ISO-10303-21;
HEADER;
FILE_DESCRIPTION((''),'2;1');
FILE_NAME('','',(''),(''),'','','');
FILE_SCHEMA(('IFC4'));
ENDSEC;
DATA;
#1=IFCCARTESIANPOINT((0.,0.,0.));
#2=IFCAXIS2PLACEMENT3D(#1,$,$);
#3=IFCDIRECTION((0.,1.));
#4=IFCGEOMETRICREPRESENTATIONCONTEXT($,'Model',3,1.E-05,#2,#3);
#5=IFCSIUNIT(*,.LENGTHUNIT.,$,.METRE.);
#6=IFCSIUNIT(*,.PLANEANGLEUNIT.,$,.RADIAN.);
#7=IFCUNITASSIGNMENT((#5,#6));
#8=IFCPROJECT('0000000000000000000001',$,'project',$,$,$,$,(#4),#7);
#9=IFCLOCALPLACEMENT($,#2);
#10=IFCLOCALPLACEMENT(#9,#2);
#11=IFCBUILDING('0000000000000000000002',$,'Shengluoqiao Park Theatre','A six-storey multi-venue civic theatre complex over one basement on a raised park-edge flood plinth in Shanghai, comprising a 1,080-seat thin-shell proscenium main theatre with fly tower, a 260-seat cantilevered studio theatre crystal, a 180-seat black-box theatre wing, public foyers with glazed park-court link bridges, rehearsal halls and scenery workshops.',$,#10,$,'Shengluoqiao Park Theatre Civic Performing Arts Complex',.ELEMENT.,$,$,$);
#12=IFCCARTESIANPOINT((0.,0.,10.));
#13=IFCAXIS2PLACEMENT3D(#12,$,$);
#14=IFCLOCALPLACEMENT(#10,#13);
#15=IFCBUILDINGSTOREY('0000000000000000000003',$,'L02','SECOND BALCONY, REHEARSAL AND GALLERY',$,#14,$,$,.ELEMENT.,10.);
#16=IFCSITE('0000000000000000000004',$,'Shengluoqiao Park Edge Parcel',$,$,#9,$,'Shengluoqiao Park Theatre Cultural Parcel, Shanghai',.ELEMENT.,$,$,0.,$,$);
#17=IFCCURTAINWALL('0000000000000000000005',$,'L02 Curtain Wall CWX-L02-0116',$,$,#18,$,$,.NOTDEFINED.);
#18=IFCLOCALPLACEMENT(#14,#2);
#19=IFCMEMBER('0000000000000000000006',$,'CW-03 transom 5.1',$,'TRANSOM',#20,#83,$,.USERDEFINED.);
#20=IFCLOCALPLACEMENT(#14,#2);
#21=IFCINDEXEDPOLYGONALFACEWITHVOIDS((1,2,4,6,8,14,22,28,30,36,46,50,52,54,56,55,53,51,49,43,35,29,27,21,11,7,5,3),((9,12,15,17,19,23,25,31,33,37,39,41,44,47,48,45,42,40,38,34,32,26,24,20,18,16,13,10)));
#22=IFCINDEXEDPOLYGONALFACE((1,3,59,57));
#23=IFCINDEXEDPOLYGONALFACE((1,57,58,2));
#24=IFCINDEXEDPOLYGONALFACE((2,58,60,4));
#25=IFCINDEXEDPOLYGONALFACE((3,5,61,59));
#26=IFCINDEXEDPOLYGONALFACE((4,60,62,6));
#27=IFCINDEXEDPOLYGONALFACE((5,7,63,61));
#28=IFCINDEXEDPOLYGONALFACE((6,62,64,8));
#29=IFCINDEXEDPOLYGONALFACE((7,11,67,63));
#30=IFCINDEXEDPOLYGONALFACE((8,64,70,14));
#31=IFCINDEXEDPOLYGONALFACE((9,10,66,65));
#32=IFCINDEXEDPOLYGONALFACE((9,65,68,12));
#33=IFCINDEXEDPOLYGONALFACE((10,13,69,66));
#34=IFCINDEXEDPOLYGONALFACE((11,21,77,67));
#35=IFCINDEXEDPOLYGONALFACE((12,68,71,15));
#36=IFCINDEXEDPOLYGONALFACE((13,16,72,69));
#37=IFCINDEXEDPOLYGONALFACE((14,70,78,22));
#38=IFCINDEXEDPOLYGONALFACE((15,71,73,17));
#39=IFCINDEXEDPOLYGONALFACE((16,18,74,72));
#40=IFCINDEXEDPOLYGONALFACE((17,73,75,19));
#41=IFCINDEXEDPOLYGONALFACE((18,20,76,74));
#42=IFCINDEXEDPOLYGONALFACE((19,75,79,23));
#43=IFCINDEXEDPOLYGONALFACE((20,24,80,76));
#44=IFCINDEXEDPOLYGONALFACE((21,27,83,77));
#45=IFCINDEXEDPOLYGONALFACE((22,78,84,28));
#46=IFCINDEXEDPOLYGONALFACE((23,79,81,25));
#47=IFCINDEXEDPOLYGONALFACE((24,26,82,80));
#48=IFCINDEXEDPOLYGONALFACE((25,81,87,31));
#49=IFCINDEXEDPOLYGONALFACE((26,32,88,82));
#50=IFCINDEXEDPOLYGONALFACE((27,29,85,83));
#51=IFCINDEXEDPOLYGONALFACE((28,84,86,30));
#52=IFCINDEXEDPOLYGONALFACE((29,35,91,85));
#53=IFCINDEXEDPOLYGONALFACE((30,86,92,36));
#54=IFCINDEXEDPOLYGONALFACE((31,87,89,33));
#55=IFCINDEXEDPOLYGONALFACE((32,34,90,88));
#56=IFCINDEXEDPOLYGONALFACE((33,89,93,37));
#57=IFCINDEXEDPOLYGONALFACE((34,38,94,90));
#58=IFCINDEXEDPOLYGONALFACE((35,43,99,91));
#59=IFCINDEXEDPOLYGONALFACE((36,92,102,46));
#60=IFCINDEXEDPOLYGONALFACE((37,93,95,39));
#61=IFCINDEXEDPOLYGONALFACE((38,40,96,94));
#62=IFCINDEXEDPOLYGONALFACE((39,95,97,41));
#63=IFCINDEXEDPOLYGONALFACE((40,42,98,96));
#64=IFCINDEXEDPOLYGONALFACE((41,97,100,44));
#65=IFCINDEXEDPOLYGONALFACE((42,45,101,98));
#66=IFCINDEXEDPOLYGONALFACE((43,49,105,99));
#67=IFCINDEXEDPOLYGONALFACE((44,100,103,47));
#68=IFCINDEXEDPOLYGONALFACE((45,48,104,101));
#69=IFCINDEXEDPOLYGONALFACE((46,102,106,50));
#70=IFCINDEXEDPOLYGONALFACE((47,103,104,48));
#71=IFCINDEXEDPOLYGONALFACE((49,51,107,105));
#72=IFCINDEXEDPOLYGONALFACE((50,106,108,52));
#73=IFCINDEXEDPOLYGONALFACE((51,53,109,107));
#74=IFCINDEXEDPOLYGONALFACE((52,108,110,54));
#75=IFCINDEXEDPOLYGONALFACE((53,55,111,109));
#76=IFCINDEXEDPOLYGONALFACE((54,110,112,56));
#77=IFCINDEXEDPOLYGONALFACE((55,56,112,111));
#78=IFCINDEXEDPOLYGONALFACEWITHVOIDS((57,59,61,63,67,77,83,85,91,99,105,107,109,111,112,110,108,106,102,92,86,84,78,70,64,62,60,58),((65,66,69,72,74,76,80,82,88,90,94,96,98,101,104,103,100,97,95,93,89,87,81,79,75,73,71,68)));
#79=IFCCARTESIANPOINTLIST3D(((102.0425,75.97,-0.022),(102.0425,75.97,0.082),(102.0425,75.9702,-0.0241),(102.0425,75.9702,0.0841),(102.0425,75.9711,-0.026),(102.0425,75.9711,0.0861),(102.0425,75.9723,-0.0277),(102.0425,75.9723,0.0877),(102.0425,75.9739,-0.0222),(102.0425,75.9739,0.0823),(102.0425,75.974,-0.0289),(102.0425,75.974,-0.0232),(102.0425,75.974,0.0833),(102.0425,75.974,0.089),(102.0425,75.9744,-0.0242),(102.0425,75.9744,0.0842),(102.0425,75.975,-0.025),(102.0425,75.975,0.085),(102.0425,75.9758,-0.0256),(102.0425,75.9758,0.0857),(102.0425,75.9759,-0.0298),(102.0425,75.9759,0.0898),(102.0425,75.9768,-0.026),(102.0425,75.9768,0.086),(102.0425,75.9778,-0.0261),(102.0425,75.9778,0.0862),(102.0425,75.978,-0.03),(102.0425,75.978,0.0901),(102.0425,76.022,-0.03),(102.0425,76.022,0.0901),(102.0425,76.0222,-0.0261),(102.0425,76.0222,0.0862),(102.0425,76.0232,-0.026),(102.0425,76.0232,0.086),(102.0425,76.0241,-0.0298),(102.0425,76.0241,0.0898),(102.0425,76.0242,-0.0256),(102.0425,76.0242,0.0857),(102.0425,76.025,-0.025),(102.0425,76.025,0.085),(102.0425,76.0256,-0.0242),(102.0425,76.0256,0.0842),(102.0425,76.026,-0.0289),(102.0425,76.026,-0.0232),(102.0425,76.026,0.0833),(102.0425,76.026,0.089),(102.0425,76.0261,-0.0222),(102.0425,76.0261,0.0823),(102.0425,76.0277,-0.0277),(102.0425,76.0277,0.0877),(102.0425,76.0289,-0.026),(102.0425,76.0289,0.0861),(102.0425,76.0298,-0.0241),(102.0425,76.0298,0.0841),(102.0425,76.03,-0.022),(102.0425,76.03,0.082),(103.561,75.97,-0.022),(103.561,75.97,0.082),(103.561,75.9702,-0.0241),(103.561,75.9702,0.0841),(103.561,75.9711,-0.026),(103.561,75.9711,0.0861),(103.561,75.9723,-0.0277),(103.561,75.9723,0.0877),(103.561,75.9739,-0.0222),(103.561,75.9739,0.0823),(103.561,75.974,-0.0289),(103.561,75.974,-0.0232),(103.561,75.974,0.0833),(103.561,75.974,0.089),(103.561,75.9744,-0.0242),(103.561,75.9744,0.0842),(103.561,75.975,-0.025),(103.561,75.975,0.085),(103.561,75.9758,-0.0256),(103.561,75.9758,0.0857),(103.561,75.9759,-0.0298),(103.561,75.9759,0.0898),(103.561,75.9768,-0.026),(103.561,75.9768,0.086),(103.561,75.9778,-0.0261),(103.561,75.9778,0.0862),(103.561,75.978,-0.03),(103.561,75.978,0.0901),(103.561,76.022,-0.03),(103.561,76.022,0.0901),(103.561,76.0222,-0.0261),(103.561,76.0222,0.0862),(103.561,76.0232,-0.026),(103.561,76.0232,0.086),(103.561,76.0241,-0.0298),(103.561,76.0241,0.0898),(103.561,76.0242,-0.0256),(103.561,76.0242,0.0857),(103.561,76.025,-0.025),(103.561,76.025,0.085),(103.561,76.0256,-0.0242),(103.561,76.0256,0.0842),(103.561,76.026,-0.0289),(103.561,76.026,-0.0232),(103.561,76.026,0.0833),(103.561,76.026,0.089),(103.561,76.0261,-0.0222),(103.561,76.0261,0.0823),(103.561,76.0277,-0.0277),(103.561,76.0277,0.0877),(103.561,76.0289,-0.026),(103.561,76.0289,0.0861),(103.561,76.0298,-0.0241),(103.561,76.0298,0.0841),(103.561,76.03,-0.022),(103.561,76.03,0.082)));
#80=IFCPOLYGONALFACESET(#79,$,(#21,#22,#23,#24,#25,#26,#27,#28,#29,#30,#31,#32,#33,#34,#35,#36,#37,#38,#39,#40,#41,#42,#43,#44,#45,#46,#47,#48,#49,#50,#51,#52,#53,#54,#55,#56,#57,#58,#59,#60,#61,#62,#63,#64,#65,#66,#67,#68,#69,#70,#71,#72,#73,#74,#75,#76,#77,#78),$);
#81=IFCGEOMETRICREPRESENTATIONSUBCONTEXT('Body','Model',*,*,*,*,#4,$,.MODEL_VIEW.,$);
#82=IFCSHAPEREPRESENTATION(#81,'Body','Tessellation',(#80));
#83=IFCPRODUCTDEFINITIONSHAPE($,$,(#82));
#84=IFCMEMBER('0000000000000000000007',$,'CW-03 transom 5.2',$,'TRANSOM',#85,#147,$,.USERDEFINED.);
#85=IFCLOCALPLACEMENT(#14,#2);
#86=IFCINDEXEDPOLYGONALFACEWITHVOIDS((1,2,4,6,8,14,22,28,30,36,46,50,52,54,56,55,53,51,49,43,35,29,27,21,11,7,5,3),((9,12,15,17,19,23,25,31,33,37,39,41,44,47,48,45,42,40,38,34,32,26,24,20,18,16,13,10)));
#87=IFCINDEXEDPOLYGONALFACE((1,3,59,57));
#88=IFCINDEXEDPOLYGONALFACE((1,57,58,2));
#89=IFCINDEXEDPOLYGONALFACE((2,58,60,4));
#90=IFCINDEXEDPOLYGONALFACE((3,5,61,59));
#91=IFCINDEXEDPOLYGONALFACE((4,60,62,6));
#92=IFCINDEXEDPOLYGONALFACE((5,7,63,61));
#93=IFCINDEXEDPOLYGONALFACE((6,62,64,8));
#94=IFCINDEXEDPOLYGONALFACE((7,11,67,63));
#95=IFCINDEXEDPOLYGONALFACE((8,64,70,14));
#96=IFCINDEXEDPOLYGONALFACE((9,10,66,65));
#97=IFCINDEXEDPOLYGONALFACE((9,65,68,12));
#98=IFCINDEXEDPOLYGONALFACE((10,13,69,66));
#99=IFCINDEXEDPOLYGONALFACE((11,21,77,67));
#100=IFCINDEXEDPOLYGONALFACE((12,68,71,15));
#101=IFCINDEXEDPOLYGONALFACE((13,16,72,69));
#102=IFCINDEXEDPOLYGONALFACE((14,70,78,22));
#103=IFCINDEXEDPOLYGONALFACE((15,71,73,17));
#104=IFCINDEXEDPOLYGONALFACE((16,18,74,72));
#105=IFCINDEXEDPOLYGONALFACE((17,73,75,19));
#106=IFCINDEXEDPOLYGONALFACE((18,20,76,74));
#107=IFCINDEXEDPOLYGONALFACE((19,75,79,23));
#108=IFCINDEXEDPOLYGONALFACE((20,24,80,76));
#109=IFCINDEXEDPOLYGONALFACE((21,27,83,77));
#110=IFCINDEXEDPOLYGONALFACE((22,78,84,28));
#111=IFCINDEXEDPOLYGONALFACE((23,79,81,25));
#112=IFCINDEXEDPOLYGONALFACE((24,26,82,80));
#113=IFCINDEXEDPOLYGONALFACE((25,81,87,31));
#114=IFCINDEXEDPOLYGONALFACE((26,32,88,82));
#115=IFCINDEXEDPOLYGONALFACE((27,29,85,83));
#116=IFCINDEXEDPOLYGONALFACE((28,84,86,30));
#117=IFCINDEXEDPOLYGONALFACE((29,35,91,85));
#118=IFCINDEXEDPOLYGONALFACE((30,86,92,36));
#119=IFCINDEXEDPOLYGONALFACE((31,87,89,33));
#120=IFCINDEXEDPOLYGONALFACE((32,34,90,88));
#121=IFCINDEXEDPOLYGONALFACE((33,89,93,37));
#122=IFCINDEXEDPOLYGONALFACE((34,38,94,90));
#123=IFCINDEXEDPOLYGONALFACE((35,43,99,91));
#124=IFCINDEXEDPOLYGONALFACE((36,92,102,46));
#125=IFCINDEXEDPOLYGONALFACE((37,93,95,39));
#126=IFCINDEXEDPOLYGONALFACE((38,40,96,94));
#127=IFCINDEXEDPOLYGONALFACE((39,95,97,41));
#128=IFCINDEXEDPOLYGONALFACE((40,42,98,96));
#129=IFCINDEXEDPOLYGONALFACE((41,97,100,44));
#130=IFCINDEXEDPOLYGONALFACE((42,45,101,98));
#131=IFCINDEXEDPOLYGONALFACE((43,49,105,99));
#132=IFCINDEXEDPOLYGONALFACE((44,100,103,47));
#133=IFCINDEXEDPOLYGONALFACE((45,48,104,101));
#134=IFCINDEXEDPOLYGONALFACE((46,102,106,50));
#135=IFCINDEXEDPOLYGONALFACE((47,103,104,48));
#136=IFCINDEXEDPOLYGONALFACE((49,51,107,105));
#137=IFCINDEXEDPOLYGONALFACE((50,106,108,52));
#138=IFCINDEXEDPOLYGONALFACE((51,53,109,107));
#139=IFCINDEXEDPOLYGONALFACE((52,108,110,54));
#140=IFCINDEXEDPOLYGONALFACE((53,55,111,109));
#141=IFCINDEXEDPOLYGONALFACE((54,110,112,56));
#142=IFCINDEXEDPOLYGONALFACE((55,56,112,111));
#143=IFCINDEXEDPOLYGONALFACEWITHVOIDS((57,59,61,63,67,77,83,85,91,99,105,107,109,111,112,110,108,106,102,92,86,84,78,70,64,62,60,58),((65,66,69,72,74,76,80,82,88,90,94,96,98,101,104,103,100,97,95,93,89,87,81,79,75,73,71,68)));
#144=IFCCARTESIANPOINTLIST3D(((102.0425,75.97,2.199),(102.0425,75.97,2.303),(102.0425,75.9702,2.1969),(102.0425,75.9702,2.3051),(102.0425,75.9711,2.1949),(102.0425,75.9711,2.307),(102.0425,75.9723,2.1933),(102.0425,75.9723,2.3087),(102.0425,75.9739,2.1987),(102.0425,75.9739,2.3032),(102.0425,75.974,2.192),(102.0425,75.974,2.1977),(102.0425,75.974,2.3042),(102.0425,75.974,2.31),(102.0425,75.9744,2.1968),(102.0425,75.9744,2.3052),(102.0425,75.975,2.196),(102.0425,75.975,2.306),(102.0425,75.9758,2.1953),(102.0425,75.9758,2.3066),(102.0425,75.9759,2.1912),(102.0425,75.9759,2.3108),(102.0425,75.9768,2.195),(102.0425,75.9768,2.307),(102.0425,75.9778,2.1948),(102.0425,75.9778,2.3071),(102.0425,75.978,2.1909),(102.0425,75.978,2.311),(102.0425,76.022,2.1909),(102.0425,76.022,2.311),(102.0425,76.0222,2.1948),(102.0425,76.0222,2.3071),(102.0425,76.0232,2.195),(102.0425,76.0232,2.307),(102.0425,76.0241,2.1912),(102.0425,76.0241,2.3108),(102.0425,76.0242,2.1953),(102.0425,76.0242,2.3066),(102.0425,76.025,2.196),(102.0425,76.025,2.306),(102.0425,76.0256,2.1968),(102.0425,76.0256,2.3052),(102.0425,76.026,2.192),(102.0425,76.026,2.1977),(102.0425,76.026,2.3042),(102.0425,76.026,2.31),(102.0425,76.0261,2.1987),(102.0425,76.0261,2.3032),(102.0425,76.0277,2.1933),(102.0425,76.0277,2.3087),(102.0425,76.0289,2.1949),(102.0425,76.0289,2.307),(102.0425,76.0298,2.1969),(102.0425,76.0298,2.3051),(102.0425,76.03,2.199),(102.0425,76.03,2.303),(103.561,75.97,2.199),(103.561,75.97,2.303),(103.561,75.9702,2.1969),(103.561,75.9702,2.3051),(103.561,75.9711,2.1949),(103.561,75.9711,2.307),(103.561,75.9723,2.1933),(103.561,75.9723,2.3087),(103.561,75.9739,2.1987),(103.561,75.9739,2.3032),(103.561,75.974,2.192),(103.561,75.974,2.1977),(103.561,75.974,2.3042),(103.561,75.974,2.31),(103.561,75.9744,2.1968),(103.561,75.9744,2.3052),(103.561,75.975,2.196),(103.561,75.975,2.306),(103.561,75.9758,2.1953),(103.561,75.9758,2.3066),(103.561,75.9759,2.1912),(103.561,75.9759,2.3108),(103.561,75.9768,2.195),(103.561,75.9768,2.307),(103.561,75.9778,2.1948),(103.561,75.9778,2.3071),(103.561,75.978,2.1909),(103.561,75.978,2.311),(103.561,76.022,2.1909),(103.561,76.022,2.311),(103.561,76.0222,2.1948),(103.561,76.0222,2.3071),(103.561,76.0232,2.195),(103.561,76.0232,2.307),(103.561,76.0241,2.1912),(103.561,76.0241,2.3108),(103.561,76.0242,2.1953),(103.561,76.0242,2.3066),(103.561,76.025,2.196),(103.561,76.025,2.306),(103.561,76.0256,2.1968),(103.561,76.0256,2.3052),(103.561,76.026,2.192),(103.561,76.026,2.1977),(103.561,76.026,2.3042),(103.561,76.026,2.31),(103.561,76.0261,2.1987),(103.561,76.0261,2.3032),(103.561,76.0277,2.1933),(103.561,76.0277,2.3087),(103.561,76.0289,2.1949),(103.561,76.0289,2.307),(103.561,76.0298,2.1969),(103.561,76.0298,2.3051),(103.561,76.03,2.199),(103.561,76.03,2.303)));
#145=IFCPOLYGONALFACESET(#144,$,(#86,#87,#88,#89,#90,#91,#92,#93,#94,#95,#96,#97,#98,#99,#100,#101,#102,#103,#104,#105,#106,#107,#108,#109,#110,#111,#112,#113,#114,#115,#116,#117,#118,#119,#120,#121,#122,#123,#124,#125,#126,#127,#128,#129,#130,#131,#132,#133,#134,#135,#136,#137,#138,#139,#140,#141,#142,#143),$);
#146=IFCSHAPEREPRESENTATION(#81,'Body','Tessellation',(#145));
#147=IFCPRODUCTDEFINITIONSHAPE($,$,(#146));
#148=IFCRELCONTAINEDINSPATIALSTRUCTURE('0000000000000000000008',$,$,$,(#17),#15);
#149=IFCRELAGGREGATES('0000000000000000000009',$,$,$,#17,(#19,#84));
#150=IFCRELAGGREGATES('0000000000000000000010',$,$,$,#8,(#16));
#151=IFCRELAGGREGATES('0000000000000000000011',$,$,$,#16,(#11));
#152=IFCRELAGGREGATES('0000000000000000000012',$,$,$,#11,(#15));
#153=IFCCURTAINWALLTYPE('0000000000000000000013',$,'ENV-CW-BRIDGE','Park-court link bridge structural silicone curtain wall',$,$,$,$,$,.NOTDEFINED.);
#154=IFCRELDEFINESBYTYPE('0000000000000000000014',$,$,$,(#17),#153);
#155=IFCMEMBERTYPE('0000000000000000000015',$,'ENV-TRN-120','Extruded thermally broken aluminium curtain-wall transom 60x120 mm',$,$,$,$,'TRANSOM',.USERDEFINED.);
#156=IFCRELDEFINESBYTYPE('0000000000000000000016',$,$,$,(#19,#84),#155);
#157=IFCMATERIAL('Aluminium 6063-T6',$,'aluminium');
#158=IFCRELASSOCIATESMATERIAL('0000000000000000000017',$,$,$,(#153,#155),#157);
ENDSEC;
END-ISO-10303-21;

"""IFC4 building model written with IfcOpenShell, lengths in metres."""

from ifc_helpers import new_model, si_unit, direction, frame, origin, origin_2d, place, context, subcontext, project, spatial, hollow_rectangle, extrude, material, material_profile, profile_set, type_object, element, aggregate, save


model = new_model("IFC4")

# Units and contexts
model_context = context("Model", 3, precision=1e-05, world=origin(), true_north=direction((0.0, 1.0)))
body_context = subcontext(model_context, "Body", "Model", "MODEL_VIEW")
ifc_project = project(units=[si_unit("LENGTHUNIT", "METRE"), si_unit("PLANEANGLEUNIT", "RADIAN")], contexts=[model_context])

# Site, building, storey
site_placement = place(None, origin())
site = spatial("IfcSite", under=ifc_project, at=site_placement, Name="Shengluoqiao Park Edge Parcel", LongName="Shengluoqiao Park Theatre Cultural Parcel, Shanghai", CompositionType="ELEMENT", RefElevation=0.0)
building_placement = place(site_placement, origin())
building = spatial("IfcBuilding", under=site, at=building_placement, Name="Shengluoqiao Park Theatre", Description="A six-storey multi-venue civic theatre complex over one basement on a raised park-edge flood plinth in Shanghai, comprising a 1,080-seat thin-shell proscenium main theatre with fly tower, a 260-seat cantilevered studio theatre crystal, a 180-seat black-box theatre wing, public foyers with glazed park-court link bridges, rehearsal halls and scenery workshops.", LongName="Shengluoqiao Park Theatre Civic Performing Arts Complex", CompositionType="ELEMENT")
storey_placement = place(building_placement, frame((0.0, 0.0, 10.0)))
storey = spatial("IfcBuildingStorey", under=building, at=storey_placement, Name="L02", Description="SECOND BALCONY, REHEARSAL AND GALLERY", CompositionType="ELEMENT", Elevation=10.0)

# Curtain wall, members
ifc_material_1 = material(Name="Aluminium 6063-T6", Category="aluminium")
curtain_wall_type = type_object("IfcCurtainWallType", Name="ENV-CW-BRIDGE", Description="Park-court link bridge structural silicone curtain wall", PredefinedType="NOTDEFINED", material=ifc_material_1)
curtain_wall_placement = place(storey_placement, origin())
curtain_wall = element("IfcCurtainWall", 1, at=curtain_wall_placement, inside=storey, type_object=curtain_wall_type, Name="L02 Curtain Wall CWX-L02-0116", PredefinedType="NOTDEFINED")
ifc_material_profile_1 = material_profile(ifc_material_1, hollow_rectangle(XDim=0.0601, YDim=0.1201, WallThickness=0.0039, InnerFilletRadius=0.0039, OuterFilletRadius=0.0081, at=origin_2d()), Name="ALU TRANSOM 120x60x4")
ifc_profile_set_1 = profile_set([ifc_material_profile_1], Name="Aluminium 6063-T6")
member_type_1 = type_object("IfcMemberType", Name="ENV-TRN-120", Description="Extruded thermally broken aluminium curtain-wall transom 60x120 mm", ElementType="TRANSOM", PredefinedType="USERDEFINED", material=ifc_profile_set_1)
member_1_placement = place(storey_placement, frame((102.0425, 76.0, 0.03), z_axis=(1.0, 0.0, 0.0), x_axis=(0.0, 1.0, 0.0)))
member_1 = element("IfcMember", 2, at=member_1_placement, type_object=member_type_1, Name="CW-03 transom 5.1", ObjectType="TRANSOM", PredefinedType="USERDEFINED", context=body_context, shape_type="SweptSolid", body=[
    extrude(hollow_rectangle(XDim=0.0601, YDim=0.1201, WallThickness=0.0039, InnerFilletRadius=0.0039, OuterFilletRadius=0.0081, at=origin_2d()), origin(), (0.0, 0.0, 1.0), 1.5186),
])
member_2_placement = place(storey_placement, frame((102.0425, 76.0, 2.251), z_axis=(1.0, 0.0, 0.0), x_axis=(0.0, 1.0, 0.0)))
member_2 = element("IfcMember", 3, at=member_2_placement, type_object=member_type_1, Name="CW-03 transom 5.2", ObjectType="TRANSOM", PredefinedType="USERDEFINED", context=body_context, shape_type="SweptSolid", body=[
    extrude(hollow_rectangle(XDim=0.0601, YDim=0.1201, WallThickness=0.0039, InnerFilletRadius=0.0039, OuterFilletRadius=0.0081, at=origin_2d()), origin(), (0.0, 0.0, 1.0), 1.5186),
])
aggregate(curtain_wall, [member_1, member_2])

save(model, "model.ifc")
